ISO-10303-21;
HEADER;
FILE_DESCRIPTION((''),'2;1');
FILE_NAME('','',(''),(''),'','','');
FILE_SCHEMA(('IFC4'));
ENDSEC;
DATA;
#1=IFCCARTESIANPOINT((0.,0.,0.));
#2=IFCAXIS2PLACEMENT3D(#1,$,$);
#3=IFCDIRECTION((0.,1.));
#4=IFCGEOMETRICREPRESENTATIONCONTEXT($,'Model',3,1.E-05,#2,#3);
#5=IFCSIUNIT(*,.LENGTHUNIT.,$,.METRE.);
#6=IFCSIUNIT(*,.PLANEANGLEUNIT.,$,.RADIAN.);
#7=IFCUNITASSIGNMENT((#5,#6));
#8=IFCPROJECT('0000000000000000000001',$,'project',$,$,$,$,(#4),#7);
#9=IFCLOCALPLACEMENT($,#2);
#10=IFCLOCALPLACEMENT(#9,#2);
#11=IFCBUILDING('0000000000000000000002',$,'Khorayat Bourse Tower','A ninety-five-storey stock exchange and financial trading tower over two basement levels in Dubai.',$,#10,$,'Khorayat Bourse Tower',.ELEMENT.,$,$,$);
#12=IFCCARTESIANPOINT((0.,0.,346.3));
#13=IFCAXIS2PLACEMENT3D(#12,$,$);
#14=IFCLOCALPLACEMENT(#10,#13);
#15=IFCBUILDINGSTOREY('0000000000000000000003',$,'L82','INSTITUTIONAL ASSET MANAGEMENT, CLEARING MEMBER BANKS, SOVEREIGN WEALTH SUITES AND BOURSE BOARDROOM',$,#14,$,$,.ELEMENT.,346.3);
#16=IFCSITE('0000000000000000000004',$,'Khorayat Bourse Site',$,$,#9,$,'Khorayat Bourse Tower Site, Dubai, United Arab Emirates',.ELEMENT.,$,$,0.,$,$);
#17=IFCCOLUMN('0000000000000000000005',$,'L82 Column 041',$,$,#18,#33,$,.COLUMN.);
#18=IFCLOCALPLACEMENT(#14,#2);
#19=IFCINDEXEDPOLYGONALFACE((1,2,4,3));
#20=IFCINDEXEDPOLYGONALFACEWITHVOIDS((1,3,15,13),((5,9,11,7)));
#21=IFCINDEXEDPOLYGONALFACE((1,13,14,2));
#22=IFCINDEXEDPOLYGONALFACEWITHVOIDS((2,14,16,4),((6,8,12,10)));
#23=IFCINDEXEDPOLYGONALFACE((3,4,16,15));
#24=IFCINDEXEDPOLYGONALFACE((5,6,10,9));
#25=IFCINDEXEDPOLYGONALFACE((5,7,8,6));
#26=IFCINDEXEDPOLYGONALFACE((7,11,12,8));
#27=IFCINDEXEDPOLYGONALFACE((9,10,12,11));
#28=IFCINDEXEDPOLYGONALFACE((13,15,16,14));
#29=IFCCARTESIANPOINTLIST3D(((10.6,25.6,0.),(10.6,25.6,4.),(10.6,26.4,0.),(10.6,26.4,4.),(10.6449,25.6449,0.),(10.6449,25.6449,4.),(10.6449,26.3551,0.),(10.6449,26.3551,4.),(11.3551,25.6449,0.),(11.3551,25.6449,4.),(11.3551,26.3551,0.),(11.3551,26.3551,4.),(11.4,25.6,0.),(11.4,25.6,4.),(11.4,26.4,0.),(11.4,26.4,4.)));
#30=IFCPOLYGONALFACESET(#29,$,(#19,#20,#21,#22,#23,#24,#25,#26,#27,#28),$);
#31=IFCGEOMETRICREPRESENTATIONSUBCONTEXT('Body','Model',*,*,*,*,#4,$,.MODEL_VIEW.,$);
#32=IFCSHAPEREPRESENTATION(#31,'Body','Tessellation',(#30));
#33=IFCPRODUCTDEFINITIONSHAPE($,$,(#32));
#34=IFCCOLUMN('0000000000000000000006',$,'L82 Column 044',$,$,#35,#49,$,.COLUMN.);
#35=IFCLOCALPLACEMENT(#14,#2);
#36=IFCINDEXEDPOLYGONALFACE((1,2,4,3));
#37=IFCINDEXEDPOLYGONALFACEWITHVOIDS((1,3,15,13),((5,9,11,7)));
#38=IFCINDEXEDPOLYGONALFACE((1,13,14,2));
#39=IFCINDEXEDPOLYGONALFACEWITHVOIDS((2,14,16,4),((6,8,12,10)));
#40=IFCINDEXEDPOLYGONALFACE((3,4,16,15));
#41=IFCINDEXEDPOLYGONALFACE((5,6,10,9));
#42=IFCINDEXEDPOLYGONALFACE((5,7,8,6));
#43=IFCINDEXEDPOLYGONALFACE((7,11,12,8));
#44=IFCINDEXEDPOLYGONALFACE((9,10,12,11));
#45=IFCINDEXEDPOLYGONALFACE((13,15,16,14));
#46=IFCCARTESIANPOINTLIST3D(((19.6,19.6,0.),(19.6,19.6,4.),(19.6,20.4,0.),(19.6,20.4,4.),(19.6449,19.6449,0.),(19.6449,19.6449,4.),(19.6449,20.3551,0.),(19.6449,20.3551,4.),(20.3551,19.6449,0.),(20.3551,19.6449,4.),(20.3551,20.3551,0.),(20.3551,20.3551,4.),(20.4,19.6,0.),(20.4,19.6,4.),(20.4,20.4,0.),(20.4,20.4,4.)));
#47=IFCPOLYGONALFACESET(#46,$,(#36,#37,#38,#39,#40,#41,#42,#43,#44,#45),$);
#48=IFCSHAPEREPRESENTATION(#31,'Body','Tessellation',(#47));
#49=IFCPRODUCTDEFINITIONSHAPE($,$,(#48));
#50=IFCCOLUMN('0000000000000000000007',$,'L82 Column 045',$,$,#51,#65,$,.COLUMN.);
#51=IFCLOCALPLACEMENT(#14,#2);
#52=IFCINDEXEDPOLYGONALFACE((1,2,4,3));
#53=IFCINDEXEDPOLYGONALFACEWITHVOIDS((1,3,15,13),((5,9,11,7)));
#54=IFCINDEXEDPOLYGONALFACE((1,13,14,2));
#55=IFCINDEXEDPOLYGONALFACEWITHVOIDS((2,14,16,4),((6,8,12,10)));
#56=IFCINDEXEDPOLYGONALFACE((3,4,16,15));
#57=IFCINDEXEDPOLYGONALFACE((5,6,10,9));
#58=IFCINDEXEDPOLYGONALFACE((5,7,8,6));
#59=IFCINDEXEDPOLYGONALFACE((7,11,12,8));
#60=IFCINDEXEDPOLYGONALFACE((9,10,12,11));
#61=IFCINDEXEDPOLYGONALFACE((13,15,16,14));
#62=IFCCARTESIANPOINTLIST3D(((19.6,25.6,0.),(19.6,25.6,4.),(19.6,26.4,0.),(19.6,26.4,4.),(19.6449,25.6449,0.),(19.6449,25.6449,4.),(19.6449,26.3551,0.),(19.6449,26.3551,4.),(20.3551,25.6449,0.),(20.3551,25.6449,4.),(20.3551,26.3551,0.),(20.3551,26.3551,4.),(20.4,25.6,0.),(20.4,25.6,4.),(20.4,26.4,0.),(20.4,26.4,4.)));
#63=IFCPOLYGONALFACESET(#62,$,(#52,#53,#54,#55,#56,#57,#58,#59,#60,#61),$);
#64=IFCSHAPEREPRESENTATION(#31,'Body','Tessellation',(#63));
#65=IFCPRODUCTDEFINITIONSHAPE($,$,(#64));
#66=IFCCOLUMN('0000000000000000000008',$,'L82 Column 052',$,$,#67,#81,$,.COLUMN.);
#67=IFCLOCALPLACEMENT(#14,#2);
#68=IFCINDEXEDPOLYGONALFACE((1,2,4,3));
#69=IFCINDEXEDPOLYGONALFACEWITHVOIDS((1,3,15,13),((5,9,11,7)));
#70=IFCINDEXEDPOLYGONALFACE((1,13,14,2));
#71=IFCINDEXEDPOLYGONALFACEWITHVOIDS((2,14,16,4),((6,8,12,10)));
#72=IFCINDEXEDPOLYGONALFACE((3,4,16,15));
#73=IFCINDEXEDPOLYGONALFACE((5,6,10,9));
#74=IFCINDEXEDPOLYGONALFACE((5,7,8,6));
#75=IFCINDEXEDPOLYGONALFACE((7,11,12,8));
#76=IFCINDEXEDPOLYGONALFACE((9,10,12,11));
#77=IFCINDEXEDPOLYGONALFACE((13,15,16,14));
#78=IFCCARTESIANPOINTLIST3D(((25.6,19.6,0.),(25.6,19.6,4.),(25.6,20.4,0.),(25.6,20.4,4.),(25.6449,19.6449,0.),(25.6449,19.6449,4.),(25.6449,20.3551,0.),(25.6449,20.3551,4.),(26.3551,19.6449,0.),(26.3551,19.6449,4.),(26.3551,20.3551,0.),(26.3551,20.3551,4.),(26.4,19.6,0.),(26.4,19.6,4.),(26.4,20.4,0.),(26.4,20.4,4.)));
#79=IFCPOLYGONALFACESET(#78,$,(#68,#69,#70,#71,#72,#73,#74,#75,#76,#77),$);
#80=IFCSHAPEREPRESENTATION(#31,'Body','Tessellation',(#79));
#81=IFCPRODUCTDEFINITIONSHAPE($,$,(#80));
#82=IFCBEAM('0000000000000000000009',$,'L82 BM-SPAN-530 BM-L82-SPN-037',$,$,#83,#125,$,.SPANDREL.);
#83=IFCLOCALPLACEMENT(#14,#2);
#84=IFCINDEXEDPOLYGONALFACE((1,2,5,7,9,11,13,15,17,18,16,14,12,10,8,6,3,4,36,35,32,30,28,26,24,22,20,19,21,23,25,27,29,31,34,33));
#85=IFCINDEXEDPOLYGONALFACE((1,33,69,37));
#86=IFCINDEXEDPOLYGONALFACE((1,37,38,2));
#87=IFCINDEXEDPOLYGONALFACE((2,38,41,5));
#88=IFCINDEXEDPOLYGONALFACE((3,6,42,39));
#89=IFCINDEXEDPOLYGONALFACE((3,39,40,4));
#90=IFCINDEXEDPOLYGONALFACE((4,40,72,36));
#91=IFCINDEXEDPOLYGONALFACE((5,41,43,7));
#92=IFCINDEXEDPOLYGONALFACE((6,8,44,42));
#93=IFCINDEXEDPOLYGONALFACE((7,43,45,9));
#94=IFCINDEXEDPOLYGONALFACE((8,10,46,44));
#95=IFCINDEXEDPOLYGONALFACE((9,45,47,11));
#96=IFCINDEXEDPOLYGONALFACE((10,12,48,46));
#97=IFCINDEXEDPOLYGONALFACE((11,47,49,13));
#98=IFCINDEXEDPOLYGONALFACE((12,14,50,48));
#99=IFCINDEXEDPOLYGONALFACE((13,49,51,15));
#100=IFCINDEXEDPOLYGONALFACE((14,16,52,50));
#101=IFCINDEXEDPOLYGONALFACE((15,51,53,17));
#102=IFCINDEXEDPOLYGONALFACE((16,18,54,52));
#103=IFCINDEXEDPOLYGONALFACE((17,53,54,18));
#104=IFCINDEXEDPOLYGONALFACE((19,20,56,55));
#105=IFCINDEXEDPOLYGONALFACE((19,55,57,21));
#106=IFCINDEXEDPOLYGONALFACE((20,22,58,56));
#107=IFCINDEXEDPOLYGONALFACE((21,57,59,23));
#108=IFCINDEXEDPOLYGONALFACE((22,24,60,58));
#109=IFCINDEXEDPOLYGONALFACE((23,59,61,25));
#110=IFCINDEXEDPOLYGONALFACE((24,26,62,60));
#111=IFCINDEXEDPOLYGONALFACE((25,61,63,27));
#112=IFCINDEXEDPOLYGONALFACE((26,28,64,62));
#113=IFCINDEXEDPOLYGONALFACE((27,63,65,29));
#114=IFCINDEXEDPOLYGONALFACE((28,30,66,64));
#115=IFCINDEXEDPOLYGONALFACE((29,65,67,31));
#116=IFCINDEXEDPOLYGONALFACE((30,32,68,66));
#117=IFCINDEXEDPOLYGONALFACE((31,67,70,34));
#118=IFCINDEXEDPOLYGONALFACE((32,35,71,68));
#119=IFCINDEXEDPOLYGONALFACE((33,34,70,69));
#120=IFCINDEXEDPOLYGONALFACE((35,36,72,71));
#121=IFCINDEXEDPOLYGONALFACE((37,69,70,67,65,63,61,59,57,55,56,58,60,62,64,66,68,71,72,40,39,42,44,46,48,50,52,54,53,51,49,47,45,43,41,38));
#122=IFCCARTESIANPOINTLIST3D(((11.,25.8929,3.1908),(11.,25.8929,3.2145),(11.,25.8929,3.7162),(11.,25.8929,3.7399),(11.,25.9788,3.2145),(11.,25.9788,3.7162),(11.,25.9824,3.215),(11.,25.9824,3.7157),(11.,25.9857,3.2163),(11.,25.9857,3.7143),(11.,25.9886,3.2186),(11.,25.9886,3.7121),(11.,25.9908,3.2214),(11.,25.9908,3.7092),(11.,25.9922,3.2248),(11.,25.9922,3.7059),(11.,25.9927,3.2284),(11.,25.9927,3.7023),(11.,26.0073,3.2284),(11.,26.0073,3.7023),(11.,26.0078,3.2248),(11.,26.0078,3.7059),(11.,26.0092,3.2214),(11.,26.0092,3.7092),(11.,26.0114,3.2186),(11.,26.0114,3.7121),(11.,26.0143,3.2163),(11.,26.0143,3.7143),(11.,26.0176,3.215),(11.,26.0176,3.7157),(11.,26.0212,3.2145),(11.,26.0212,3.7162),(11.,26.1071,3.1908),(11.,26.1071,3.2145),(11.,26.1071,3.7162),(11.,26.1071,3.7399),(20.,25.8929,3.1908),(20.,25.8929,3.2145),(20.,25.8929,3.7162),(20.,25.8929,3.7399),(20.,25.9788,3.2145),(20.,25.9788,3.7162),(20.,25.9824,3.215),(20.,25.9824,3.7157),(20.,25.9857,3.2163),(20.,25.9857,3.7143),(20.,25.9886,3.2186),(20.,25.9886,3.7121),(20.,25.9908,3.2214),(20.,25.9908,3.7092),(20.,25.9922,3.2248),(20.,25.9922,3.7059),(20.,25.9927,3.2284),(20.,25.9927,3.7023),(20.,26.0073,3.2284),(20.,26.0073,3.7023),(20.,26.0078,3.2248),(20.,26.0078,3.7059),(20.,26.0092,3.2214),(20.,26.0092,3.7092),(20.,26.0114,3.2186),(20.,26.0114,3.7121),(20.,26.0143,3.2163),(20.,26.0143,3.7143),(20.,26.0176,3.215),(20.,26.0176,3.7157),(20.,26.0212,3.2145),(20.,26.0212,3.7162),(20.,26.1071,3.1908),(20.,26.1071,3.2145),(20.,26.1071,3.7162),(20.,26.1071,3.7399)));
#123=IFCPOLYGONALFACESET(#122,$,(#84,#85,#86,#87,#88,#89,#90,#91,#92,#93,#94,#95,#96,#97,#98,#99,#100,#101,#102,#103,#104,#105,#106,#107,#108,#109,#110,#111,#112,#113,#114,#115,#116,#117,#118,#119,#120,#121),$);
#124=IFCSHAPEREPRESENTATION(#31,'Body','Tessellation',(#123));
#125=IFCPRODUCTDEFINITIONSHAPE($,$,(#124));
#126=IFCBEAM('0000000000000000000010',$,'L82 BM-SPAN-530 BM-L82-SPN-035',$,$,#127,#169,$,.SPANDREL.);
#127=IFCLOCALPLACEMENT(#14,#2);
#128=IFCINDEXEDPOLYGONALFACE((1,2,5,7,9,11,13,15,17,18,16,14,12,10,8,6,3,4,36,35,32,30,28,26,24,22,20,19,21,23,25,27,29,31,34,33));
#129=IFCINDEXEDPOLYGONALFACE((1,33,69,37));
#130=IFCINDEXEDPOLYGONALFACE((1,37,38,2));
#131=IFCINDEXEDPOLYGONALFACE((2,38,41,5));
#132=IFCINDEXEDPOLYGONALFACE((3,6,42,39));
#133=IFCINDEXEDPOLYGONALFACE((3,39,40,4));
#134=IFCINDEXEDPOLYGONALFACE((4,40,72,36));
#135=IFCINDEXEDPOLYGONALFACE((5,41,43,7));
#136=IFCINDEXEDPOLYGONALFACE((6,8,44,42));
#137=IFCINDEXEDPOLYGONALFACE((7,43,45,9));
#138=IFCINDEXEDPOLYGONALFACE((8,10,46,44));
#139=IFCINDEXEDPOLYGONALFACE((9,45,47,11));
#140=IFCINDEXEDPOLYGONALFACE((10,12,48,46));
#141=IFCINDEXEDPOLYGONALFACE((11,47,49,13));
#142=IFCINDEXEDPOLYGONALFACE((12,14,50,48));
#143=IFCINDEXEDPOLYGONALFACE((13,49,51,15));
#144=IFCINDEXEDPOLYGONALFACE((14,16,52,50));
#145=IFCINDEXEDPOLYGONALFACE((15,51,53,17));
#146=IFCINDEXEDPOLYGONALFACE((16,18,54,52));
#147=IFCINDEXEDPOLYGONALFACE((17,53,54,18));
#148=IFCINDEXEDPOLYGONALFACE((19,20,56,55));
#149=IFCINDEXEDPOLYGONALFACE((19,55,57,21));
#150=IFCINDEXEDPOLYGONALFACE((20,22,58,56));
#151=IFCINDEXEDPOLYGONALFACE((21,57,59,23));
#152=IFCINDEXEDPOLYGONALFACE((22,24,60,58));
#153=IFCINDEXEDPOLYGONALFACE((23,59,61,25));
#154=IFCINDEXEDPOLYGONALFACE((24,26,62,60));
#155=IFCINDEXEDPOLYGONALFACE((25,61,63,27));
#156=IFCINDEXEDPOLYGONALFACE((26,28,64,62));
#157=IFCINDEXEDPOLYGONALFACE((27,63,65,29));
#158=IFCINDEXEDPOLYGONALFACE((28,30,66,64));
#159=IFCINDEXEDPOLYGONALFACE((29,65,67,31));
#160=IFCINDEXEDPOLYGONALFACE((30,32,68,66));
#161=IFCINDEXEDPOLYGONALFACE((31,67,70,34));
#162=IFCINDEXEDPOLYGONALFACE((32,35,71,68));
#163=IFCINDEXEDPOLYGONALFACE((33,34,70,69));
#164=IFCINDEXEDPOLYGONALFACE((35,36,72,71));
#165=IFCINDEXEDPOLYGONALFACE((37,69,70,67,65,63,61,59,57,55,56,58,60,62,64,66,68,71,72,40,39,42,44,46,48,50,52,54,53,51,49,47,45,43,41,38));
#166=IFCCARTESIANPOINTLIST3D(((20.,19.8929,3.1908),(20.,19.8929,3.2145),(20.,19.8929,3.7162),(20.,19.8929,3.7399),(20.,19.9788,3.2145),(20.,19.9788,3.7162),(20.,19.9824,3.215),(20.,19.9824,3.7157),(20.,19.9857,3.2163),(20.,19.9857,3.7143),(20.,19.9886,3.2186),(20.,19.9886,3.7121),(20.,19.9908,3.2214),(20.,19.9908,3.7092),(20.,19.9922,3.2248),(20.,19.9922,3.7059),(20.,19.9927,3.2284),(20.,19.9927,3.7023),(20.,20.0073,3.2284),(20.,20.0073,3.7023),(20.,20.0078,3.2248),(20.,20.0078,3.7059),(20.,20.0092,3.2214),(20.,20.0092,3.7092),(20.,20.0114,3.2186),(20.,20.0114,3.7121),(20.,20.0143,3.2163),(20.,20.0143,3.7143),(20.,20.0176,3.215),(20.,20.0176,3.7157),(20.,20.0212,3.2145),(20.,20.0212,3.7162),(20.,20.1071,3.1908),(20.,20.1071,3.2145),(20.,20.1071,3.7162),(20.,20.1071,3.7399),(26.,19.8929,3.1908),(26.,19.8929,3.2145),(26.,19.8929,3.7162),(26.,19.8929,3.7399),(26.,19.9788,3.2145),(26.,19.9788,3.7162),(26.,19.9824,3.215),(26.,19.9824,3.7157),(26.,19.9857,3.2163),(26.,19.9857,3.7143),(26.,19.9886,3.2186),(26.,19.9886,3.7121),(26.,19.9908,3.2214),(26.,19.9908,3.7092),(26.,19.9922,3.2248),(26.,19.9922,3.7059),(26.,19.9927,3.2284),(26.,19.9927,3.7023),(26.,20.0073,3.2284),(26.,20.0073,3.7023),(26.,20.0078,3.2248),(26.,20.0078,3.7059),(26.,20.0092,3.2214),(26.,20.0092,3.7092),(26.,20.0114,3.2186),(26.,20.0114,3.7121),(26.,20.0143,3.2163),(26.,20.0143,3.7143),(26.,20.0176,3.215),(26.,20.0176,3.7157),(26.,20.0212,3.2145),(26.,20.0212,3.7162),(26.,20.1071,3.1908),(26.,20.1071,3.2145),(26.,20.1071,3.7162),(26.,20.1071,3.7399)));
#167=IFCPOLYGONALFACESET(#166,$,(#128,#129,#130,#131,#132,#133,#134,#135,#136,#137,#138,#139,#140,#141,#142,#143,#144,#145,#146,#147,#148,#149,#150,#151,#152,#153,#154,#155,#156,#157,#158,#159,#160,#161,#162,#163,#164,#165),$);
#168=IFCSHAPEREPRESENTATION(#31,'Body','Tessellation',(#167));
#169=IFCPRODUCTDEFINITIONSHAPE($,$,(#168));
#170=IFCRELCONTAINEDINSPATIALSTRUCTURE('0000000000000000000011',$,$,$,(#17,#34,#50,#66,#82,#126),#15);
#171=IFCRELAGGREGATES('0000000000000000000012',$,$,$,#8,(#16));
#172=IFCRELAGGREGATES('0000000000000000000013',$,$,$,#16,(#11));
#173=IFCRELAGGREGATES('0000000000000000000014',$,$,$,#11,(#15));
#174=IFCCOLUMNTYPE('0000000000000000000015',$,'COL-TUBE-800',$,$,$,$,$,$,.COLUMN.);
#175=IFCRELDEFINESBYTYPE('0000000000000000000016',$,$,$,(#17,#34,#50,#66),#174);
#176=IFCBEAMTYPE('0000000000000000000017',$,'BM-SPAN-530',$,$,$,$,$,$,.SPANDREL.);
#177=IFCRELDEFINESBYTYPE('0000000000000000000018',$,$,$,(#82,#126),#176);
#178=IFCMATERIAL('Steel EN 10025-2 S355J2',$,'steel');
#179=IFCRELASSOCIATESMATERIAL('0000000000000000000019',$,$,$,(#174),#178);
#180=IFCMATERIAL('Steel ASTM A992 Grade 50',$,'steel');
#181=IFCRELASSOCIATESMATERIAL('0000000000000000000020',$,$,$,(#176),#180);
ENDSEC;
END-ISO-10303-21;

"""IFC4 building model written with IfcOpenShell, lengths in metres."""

from ifc_helpers import new_model, si_unit, direction, frame, origin, origin_2d, place, context, subcontext, project, spatial, hollow_rectangle, i_section, extrude, source, transform, mapped, material, material_profile, profile_set, type_object, element, save


model = new_model("IFC4")

# Units and contexts
model_context = context("Model", 3, precision=1e-05, world=origin(), true_north=direction((0.0, 1.0)))
body_context = subcontext(model_context, "Body", "Model", "MODEL_VIEW")
ifc_project = project(units=[si_unit("LENGTHUNIT", "METRE"), si_unit("PLANEANGLEUNIT", "RADIAN")], contexts=[model_context])

# Site, building, storey
site_placement = place(None, origin())
site = spatial("IfcSite", under=ifc_project, at=site_placement, Name="Khorayat Bourse Site", LongName="Khorayat Bourse Tower Site, Dubai, United Arab Emirates", CompositionType="ELEMENT", RefElevation=0.0)
building_placement = place(site_placement, origin())
building = spatial("IfcBuilding", under=site, at=building_placement, Name="Khorayat Bourse Tower", Description="A ninety-five-storey stock exchange and financial trading tower over two basement levels in Dubai.", LongName="Khorayat Bourse Tower", CompositionType="ELEMENT")
storey_placement = place(building_placement, frame((0.0, 0.0, 346.3)))
storey = spatial("IfcBuildingStorey", under=building, at=storey_placement, Name="L82", Description="INSTITUTIONAL ASSET MANAGEMENT, CLEARING MEMBER BANKS, SOVEREIGN WEALTH SUITES AND BOURSE BOARDROOM", CompositionType="ELEMENT", Elevation=346.3)

# Columns
ifc_material_1 = material(Name="Steel EN 10025-2 S355J2", Category="steel")
ifc_material_profile_1 = material_profile(ifc_material_1, hollow_rectangle(XDim=0.8, YDim=0.8, WallThickness=0.0449, at=origin_2d()), Name="BOX 800x800x45")
ifc_profile_set_1 = profile_set([ifc_material_profile_1], Name="Steel EN 10025-2 S355J2")
column_type = type_object("IfcColumnType", Name="COL-TUBE-800", PredefinedType="COLUMN", material=ifc_profile_set_1)
shared_shape_1 = source(origin(), body_context, "Body", "SweptSolid", [
    extrude(hollow_rectangle(XDim=0.8, YDim=0.8, WallThickness=0.0449, at=origin_2d()), origin(), (0.0, 0.0, 1.0), 4.0),
])
for number, where, z_axis, x_axis, name in (
    (1, (11.0, 26.0, 0.0), (0.0, 0.0, 1.0), (1.0, 0.0, 0.0), "L82 Column 041"),
    (2, (20.0, 20.0, 0.0), (0.0, 0.0, 1.0), (1.0, 0.0, 0.0), "L82 Column 044"),
    (3, (20.0, 26.0, 0.0), (0.0, 0.0, 1.0), (1.0, 0.0, 0.0), "L82 Column 045"),
    (4, (26.0, 20.0, 0.0), (0.0, 0.0, 1.0), (1.0, 0.0, 0.0), "L82 Column 052"),
):
    element("IfcColumn", number, at=place(storey_placement, frame(where, z_axis=z_axis, x_axis=x_axis)), inside=storey, type_object=column_type, Name=name, PredefinedType="COLUMN", context=body_context, shape_type="MappedRepresentation", body=[
        mapped(shared_shape_1, transform((0.0, 0.0, 0.0), scale=1.0)),
    ])

# Beams
ifc_material_2 = material(Name="Steel ASTM A992 Grade 50", Category="steel")
ifc_material_profile_2 = material_profile(ifc_material_2, i_section(OverallWidth=0.2141, OverallDepth=0.5491, WebThickness=0.0146, FlangeThickness=0.0237, FilletRadius=0.0139, at=origin_2d()), Name="W530X138")
ifc_profile_set_2 = profile_set([ifc_material_profile_2], Name="Steel ASTM A992 Grade 50")
beam_type = type_object("IfcBeamType", Name="BM-SPAN-530", PredefinedType="SPANDREL", material=ifc_profile_set_2)
shared_shape_2 = source(origin(), body_context, "Body", "SweptSolid", [
    extrude(i_section(OverallWidth=0.2141, OverallDepth=0.5491, WebThickness=0.0146, FlangeThickness=0.0237, FilletRadius=0.0139, at=origin_2d()), origin(), (0.0, 0.0, 1.0), 9.0),
])
beam_placement = place(storey_placement, frame((11.0, 26.0, 3.4653), z_axis=(1.0, 0.0, 0.0), x_axis=(0.0, 1.0, 0.0)))
element("IfcBeam", 5, at=beam_placement, inside=storey, type_object=beam_type, Name="L82 BM-SPAN-530 BM-L82-SPN-037", PredefinedType="SPANDREL", context=body_context, shape_type="MappedRepresentation", body=[
    mapped(shared_shape_2, transform((0.0, 0.0, 0.0), scale=1.0)),
])
shared_shape_3 = source(origin(), body_context, "Body", "SweptSolid", [
    extrude(i_section(OverallWidth=0.2141, OverallDepth=0.5491, WebThickness=0.0146, FlangeThickness=0.0237, FilletRadius=0.0139, at=origin_2d()), origin(), (0.0, 0.0, 1.0), 6.0),
])
for number, where, z_axis, x_axis, name in (
    (6, (20.0, 20.0, 3.4653), (1.0, 0.0, 0.0), (0.0, 1.0, 0.0), "L82 BM-SPAN-530 BM-L82-SPN-035"),
):
    element("IfcBeam", number, at=place(storey_placement, frame(where, z_axis=z_axis, x_axis=x_axis)), inside=storey, type_object=beam_type, Name=name, PredefinedType="SPANDREL", context=body_context, shape_type="MappedRepresentation", body=[
        mapped(shared_shape_3, transform((0.0, 0.0, 0.0), scale=1.0)),
    ])

save(model, "model.ifc")
